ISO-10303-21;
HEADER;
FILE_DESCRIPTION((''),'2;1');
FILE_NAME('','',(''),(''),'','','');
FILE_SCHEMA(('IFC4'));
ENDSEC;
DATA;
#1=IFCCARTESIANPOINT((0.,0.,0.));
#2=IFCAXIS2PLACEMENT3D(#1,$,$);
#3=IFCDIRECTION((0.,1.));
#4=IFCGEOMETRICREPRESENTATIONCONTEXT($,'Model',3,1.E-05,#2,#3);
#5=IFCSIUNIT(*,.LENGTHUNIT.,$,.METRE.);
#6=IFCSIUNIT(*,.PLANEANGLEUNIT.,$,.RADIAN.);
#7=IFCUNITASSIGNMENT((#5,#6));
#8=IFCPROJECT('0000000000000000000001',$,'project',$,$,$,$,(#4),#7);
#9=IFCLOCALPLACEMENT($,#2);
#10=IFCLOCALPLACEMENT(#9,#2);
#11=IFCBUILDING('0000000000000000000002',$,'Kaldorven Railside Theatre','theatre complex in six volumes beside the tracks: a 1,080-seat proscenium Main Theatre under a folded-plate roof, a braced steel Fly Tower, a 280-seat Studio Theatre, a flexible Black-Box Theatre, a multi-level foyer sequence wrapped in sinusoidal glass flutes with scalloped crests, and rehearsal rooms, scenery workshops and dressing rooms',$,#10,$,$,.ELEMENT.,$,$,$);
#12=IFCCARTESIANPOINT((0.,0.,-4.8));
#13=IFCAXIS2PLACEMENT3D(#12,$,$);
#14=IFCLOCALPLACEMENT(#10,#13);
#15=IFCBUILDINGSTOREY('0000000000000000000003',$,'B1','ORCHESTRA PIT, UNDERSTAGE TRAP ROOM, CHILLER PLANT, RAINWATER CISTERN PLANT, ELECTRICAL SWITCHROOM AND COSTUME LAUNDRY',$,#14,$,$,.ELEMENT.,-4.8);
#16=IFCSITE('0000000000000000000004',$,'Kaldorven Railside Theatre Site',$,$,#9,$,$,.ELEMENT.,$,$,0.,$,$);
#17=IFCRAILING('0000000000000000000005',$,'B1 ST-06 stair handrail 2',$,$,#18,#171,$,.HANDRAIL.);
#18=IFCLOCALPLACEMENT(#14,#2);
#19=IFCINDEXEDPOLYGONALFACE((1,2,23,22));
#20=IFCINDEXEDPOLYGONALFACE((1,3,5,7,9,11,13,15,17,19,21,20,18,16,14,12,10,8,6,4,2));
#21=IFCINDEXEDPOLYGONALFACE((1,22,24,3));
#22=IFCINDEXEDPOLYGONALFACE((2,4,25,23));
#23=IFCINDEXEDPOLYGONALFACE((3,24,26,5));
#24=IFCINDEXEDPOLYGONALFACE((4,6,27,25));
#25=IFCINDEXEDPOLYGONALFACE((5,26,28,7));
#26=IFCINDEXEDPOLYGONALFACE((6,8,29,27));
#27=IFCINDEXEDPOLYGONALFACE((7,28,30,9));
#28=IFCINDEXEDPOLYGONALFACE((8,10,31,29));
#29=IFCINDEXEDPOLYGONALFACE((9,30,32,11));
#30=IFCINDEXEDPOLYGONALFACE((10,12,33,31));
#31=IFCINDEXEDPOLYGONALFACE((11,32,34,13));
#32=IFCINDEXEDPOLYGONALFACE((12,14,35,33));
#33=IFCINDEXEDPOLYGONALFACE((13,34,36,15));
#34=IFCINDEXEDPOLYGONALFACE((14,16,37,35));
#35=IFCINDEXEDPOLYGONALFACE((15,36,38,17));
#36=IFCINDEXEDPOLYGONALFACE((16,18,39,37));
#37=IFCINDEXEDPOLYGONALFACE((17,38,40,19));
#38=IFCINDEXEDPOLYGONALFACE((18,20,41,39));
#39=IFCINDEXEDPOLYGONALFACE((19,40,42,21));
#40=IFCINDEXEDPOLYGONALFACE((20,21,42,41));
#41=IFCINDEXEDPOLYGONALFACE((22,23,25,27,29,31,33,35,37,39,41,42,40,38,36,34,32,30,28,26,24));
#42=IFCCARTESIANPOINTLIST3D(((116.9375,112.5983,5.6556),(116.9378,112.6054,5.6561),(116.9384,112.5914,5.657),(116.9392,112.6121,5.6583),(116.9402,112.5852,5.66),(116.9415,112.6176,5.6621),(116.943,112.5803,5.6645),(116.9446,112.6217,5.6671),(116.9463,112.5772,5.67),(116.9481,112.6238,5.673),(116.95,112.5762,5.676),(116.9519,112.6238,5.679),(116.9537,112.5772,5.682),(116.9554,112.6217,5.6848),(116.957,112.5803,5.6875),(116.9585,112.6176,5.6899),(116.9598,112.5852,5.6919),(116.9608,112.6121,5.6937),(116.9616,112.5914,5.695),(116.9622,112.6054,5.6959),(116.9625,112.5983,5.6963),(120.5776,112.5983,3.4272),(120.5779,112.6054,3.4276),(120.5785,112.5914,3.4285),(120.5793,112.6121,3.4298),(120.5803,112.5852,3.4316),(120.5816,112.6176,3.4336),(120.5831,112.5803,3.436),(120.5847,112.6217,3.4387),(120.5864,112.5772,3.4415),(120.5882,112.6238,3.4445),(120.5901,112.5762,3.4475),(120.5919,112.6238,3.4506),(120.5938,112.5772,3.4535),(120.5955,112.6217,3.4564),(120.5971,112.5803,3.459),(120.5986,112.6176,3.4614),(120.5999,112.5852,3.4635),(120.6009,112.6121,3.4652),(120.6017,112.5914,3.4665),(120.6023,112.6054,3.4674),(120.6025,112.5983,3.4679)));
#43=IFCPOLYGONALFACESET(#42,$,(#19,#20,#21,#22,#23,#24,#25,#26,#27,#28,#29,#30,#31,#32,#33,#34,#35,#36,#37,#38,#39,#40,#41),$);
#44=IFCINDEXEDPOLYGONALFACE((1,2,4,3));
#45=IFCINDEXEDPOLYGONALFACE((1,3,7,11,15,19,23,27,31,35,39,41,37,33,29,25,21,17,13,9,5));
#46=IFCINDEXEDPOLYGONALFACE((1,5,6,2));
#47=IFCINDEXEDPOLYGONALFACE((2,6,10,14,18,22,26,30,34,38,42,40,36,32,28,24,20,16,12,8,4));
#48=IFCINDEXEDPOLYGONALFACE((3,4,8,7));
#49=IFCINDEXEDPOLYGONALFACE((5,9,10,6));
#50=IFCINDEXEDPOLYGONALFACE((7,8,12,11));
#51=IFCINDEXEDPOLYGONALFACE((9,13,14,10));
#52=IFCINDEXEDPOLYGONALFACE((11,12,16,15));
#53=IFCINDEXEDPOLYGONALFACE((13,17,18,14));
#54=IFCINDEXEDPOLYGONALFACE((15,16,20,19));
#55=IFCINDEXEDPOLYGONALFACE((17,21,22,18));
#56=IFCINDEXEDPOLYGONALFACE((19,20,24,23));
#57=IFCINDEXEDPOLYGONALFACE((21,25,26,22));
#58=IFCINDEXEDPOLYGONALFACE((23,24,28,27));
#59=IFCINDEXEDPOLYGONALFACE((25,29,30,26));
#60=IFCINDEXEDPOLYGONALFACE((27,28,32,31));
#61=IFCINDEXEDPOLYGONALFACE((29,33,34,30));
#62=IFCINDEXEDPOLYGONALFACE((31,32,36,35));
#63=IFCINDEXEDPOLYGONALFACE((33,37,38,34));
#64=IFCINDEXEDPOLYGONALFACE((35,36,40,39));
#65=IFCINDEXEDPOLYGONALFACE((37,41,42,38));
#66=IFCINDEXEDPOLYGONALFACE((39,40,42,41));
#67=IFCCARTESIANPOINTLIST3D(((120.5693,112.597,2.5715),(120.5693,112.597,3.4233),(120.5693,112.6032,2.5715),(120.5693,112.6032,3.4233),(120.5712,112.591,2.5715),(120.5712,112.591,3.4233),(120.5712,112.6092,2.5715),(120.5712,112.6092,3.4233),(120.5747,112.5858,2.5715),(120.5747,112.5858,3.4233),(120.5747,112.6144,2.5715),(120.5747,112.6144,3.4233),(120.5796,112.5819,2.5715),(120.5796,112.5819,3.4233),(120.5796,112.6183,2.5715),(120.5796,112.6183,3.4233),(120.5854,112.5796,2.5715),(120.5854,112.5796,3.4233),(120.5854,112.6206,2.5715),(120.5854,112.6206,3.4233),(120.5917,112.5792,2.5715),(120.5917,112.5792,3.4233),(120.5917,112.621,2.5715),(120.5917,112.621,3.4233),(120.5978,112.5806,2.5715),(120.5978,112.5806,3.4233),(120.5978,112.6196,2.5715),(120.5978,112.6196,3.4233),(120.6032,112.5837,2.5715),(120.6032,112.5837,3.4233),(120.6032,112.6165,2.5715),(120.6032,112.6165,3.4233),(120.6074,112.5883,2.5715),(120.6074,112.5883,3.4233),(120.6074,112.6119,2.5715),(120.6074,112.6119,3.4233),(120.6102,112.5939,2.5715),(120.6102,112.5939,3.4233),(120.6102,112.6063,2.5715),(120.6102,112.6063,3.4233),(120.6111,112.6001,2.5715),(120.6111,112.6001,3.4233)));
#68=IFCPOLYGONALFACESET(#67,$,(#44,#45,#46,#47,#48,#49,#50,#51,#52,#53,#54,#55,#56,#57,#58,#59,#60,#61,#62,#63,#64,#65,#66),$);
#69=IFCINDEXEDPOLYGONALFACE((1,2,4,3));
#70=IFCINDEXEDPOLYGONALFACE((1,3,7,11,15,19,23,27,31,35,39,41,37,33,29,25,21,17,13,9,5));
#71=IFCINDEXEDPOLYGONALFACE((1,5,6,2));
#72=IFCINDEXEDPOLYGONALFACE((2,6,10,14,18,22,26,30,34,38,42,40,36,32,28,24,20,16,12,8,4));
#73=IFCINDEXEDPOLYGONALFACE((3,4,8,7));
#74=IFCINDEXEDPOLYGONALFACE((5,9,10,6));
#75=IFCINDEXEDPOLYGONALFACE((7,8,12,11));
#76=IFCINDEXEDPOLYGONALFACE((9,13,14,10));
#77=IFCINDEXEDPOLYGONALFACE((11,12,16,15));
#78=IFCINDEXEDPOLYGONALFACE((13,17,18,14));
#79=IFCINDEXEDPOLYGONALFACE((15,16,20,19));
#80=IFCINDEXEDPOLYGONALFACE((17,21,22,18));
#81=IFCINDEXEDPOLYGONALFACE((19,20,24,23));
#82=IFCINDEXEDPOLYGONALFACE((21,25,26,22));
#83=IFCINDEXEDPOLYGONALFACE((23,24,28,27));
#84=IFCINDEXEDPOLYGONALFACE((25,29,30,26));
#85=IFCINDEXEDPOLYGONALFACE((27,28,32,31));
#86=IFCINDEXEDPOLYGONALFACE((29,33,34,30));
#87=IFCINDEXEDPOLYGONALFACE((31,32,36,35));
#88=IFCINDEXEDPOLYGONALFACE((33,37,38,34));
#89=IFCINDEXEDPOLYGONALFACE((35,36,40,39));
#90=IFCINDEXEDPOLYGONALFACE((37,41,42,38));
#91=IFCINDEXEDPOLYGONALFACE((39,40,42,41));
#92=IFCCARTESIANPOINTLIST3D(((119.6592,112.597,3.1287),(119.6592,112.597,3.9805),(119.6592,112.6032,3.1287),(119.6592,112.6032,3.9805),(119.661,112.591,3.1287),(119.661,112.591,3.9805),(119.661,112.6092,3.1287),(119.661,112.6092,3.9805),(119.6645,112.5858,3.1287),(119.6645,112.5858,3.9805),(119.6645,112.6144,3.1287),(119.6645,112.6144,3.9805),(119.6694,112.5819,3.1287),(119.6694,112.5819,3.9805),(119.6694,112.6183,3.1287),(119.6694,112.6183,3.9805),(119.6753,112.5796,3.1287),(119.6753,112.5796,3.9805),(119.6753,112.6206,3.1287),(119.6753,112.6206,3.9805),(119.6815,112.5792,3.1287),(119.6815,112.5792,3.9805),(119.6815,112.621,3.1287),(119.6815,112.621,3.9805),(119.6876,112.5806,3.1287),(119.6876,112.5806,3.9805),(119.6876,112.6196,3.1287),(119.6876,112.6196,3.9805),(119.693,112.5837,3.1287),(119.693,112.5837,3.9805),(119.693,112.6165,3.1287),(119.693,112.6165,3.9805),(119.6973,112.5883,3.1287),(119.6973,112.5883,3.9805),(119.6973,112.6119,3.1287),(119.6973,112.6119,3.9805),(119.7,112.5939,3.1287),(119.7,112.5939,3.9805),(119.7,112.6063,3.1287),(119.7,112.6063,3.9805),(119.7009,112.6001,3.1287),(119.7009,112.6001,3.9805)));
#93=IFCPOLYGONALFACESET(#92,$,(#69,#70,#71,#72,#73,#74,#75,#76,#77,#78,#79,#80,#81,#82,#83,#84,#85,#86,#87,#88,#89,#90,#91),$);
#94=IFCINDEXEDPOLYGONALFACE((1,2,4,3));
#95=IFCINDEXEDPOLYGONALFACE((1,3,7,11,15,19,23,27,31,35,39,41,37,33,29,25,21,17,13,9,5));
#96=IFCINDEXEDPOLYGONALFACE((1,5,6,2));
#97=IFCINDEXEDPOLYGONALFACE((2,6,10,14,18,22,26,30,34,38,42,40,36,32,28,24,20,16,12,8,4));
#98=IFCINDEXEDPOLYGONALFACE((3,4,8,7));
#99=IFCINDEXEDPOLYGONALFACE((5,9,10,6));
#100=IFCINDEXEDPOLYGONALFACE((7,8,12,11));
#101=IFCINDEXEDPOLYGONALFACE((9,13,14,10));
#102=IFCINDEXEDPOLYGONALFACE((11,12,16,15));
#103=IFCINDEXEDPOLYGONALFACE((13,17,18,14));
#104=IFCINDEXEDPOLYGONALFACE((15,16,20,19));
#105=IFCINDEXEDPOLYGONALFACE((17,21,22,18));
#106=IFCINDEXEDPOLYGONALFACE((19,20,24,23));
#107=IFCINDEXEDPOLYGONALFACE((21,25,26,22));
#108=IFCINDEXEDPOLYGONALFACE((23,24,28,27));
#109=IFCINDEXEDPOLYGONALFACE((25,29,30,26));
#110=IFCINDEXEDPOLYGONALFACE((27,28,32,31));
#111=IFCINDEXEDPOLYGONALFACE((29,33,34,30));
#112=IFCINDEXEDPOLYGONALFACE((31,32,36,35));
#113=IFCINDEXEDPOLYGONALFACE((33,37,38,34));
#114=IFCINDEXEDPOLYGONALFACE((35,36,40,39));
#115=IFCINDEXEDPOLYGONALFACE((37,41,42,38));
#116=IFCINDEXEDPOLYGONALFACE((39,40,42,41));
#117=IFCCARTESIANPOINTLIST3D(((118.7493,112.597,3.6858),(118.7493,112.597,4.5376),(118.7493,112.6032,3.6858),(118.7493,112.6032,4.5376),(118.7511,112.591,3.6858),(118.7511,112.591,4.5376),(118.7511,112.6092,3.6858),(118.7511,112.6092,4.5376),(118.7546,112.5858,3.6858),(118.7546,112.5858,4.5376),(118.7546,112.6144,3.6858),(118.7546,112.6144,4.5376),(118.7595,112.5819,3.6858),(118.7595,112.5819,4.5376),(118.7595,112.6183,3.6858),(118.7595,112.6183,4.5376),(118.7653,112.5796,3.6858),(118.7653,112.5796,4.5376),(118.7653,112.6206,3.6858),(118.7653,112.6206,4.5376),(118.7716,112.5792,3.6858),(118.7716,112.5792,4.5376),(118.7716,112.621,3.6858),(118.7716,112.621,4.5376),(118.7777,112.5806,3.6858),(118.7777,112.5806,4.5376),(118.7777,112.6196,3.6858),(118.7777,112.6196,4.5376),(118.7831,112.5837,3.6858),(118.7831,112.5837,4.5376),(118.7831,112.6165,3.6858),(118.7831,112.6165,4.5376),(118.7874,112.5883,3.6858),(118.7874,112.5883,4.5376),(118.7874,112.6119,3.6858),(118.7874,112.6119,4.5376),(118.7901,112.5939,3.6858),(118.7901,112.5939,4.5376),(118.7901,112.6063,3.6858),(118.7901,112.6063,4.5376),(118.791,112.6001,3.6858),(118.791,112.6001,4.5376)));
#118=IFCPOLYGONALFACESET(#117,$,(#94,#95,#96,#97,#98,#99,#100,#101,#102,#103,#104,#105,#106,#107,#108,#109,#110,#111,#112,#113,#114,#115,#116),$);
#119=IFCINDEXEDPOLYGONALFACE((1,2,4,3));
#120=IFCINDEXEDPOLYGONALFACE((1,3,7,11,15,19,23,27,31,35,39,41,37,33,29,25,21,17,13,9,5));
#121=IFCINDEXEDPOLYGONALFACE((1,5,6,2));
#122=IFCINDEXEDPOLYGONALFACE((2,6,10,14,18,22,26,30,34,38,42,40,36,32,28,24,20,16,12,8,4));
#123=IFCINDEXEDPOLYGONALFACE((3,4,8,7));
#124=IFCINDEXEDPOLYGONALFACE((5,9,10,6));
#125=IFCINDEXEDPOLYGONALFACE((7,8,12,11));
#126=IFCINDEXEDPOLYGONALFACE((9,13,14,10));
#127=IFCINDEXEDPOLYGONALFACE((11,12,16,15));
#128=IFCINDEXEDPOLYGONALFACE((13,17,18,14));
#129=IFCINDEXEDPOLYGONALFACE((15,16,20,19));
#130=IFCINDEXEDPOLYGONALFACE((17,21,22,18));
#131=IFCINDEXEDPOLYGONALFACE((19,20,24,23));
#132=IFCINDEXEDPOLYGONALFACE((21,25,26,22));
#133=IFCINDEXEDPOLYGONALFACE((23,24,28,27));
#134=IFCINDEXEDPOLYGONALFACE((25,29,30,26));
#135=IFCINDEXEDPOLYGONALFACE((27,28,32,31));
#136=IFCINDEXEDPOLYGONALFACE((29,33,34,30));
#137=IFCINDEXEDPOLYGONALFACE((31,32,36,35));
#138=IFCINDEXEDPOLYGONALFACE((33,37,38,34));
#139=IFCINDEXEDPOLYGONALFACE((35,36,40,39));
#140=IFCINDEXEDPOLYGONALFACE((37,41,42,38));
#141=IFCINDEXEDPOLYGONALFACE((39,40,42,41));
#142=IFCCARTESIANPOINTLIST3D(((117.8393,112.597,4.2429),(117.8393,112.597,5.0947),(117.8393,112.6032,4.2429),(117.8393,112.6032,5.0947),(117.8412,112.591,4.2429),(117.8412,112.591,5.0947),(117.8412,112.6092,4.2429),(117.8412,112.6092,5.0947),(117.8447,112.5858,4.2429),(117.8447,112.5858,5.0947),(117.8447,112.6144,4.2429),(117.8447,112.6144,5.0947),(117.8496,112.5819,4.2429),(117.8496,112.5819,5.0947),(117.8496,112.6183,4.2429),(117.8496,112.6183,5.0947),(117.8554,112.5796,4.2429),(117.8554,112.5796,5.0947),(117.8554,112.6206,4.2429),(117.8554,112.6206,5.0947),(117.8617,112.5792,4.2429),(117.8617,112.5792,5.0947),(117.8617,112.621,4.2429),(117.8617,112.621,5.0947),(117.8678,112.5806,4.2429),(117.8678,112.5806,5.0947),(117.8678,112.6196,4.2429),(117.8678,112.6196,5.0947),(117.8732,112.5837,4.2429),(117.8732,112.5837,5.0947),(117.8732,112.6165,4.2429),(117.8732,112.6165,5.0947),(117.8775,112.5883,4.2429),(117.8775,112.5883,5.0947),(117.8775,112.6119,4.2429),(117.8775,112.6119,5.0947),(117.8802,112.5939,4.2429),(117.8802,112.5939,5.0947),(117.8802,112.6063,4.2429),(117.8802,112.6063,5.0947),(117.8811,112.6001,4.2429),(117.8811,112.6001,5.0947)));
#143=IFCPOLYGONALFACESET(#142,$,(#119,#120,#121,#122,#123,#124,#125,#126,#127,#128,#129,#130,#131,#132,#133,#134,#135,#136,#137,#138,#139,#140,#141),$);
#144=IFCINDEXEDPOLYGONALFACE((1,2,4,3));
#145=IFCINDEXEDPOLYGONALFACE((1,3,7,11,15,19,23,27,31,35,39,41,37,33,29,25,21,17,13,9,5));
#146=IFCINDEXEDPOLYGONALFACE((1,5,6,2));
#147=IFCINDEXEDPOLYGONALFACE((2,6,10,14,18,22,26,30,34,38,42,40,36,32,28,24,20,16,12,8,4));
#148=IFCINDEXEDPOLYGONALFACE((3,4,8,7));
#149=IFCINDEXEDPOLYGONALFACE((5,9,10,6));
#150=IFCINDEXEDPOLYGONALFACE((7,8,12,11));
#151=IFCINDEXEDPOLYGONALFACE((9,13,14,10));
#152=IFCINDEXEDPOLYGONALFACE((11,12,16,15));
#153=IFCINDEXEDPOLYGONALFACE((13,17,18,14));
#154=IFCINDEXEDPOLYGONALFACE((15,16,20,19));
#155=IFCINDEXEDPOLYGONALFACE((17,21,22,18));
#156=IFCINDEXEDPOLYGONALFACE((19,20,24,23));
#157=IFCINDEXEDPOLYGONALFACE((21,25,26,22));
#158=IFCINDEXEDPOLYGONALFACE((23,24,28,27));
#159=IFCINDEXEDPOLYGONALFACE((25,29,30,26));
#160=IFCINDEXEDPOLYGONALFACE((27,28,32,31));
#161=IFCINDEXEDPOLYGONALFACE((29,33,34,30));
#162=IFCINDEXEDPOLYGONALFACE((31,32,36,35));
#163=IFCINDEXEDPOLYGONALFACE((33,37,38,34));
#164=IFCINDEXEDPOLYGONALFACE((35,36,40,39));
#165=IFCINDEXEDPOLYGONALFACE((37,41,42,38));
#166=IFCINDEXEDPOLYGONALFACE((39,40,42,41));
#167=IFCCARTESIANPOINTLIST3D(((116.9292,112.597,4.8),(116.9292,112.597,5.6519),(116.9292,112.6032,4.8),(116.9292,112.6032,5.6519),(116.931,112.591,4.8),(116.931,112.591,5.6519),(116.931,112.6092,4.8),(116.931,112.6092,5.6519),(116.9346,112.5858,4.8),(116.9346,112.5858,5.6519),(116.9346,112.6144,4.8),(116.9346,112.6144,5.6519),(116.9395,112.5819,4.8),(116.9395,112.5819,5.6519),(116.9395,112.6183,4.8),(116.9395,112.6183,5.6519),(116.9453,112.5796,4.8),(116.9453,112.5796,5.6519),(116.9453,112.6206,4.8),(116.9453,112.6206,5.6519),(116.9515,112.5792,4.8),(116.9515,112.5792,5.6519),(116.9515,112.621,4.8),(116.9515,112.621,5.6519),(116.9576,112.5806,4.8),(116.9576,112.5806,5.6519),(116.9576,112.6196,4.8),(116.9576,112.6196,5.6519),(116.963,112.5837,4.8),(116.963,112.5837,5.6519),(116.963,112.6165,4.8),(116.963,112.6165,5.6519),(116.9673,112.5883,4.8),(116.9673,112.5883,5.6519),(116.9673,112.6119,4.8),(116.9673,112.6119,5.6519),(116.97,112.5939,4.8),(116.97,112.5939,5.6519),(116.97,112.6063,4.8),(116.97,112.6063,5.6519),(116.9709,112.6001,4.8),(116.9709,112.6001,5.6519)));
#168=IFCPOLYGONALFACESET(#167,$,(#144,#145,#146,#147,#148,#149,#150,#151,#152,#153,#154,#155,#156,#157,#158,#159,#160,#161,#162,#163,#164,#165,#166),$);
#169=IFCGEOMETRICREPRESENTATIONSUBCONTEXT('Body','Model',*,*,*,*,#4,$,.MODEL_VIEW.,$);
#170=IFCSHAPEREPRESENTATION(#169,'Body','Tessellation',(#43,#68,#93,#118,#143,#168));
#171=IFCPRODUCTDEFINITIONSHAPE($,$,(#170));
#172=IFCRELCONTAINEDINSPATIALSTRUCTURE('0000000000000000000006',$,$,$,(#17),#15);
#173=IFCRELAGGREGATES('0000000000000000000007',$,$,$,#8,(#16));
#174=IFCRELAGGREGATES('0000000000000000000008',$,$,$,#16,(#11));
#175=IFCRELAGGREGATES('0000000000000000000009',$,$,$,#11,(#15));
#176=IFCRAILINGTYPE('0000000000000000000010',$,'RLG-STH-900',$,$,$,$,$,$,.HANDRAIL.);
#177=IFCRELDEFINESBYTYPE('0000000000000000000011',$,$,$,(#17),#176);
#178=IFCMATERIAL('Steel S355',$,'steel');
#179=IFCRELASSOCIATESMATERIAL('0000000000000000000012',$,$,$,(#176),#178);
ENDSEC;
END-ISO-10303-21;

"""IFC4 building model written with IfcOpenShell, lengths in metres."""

from ifc_helpers import new_model, si_unit, direction, frame, origin, origin_2d, place, context, subcontext, project, spatial, circle, extrude, material, type_object, element, save


model = new_model("IFC4")

# Units and contexts
model_context = context("Model", 3, precision=1e-05, world=origin(), true_north=direction((0.0, 1.0)))
body_context = subcontext(model_context, "Body", "Model", "MODEL_VIEW")
ifc_project = project(units=[si_unit("LENGTHUNIT", "METRE"), si_unit("PLANEANGLEUNIT", "RADIAN")], contexts=[model_context])

# Site, building, storey
site_placement = place(None, origin())
site = spatial("IfcSite", under=ifc_project, at=site_placement, Name="Kaldorven Railside Theatre Site", CompositionType="ELEMENT", RefElevation=0.0)
building_placement = place(site_placement, origin())
building = spatial("IfcBuilding", under=site, at=building_placement, Name="Kaldorven Railside Theatre", Description="theatre complex in six volumes beside the tracks: a 1,080-seat proscenium Main Theatre under a folded-plate roof, a braced steel Fly Tower, a 280-seat Studio Theatre, a flexible Black-Box Theatre, a multi-level foyer sequence wrapped in sinusoidal glass flutes with scalloped crests, and rehearsal rooms, scenery workshops and dressing rooms", CompositionType="ELEMENT")
storey_placement = place(building_placement, frame((0.0, 0.0, -4.8)))
storey = spatial("IfcBuildingStorey", under=building, at=storey_placement, Name="B1", Description="ORCHESTRA PIT, UNDERSTAGE TRAP ROOM, CHILLER PLANT, RAINWATER CISTERN PLANT, ELECTRICAL SWITCHROOM AND COSTUME LAUNDRY", CompositionType="ELEMENT", Elevation=-4.8)

# Railing
ifc_material_1 = material(Name="Steel S355", Category="steel")
railing_type_1 = type_object("IfcRailingType", Name="RLG-STH-900", PredefinedType="HANDRAIL", material=ifc_material_1)
railing_1_placement = place(storey_placement, frame((120.5901, 112.6001, 2.5715)))
element("IfcRailing", 1, at=railing_1_placement, inside=storey, type_object=railing_type_1, Name="B1 ST-06 stair handrail 2", PredefinedType="HANDRAIL", context=body_context, shape_type="SweptSolid", body=[
    extrude(circle(Radius=0.0239, at=origin_2d()), frame((0.0, 0.0, 0.876), z_axis=(-0.852866, 0.0, 0.52213), x_axis=(0.0, -1.0, 0.0)), (0.0, 0.0, 1.0), 4.2681),
    extrude(circle(Radius=0.021, at=origin_2d()), origin(), (0.0, 0.0, 1.0), 0.8518),
    extrude(circle(Radius=0.021, at=origin_2d()), frame((-0.9102, 0.0, 0.5571)), (0.0, 0.0, 1.0), 0.8518),
    extrude(circle(Radius=0.021, at=origin_2d()), frame((-1.8201, 0.0, 1.1143)), (0.0, 0.0, 1.0), 0.8518),
    extrude(circle(Radius=0.021, at=origin_2d()), frame((-2.73, 0.0, 1.6714)), (0.0, 0.0, 1.0), 0.8518),
    extrude(circle(Radius=0.021, at=origin_2d()), frame((-3.6401, 0.0, 2.2285)), (0.0, 0.0, 1.0), 0.8518),
])

save(model, "model.ifc")
